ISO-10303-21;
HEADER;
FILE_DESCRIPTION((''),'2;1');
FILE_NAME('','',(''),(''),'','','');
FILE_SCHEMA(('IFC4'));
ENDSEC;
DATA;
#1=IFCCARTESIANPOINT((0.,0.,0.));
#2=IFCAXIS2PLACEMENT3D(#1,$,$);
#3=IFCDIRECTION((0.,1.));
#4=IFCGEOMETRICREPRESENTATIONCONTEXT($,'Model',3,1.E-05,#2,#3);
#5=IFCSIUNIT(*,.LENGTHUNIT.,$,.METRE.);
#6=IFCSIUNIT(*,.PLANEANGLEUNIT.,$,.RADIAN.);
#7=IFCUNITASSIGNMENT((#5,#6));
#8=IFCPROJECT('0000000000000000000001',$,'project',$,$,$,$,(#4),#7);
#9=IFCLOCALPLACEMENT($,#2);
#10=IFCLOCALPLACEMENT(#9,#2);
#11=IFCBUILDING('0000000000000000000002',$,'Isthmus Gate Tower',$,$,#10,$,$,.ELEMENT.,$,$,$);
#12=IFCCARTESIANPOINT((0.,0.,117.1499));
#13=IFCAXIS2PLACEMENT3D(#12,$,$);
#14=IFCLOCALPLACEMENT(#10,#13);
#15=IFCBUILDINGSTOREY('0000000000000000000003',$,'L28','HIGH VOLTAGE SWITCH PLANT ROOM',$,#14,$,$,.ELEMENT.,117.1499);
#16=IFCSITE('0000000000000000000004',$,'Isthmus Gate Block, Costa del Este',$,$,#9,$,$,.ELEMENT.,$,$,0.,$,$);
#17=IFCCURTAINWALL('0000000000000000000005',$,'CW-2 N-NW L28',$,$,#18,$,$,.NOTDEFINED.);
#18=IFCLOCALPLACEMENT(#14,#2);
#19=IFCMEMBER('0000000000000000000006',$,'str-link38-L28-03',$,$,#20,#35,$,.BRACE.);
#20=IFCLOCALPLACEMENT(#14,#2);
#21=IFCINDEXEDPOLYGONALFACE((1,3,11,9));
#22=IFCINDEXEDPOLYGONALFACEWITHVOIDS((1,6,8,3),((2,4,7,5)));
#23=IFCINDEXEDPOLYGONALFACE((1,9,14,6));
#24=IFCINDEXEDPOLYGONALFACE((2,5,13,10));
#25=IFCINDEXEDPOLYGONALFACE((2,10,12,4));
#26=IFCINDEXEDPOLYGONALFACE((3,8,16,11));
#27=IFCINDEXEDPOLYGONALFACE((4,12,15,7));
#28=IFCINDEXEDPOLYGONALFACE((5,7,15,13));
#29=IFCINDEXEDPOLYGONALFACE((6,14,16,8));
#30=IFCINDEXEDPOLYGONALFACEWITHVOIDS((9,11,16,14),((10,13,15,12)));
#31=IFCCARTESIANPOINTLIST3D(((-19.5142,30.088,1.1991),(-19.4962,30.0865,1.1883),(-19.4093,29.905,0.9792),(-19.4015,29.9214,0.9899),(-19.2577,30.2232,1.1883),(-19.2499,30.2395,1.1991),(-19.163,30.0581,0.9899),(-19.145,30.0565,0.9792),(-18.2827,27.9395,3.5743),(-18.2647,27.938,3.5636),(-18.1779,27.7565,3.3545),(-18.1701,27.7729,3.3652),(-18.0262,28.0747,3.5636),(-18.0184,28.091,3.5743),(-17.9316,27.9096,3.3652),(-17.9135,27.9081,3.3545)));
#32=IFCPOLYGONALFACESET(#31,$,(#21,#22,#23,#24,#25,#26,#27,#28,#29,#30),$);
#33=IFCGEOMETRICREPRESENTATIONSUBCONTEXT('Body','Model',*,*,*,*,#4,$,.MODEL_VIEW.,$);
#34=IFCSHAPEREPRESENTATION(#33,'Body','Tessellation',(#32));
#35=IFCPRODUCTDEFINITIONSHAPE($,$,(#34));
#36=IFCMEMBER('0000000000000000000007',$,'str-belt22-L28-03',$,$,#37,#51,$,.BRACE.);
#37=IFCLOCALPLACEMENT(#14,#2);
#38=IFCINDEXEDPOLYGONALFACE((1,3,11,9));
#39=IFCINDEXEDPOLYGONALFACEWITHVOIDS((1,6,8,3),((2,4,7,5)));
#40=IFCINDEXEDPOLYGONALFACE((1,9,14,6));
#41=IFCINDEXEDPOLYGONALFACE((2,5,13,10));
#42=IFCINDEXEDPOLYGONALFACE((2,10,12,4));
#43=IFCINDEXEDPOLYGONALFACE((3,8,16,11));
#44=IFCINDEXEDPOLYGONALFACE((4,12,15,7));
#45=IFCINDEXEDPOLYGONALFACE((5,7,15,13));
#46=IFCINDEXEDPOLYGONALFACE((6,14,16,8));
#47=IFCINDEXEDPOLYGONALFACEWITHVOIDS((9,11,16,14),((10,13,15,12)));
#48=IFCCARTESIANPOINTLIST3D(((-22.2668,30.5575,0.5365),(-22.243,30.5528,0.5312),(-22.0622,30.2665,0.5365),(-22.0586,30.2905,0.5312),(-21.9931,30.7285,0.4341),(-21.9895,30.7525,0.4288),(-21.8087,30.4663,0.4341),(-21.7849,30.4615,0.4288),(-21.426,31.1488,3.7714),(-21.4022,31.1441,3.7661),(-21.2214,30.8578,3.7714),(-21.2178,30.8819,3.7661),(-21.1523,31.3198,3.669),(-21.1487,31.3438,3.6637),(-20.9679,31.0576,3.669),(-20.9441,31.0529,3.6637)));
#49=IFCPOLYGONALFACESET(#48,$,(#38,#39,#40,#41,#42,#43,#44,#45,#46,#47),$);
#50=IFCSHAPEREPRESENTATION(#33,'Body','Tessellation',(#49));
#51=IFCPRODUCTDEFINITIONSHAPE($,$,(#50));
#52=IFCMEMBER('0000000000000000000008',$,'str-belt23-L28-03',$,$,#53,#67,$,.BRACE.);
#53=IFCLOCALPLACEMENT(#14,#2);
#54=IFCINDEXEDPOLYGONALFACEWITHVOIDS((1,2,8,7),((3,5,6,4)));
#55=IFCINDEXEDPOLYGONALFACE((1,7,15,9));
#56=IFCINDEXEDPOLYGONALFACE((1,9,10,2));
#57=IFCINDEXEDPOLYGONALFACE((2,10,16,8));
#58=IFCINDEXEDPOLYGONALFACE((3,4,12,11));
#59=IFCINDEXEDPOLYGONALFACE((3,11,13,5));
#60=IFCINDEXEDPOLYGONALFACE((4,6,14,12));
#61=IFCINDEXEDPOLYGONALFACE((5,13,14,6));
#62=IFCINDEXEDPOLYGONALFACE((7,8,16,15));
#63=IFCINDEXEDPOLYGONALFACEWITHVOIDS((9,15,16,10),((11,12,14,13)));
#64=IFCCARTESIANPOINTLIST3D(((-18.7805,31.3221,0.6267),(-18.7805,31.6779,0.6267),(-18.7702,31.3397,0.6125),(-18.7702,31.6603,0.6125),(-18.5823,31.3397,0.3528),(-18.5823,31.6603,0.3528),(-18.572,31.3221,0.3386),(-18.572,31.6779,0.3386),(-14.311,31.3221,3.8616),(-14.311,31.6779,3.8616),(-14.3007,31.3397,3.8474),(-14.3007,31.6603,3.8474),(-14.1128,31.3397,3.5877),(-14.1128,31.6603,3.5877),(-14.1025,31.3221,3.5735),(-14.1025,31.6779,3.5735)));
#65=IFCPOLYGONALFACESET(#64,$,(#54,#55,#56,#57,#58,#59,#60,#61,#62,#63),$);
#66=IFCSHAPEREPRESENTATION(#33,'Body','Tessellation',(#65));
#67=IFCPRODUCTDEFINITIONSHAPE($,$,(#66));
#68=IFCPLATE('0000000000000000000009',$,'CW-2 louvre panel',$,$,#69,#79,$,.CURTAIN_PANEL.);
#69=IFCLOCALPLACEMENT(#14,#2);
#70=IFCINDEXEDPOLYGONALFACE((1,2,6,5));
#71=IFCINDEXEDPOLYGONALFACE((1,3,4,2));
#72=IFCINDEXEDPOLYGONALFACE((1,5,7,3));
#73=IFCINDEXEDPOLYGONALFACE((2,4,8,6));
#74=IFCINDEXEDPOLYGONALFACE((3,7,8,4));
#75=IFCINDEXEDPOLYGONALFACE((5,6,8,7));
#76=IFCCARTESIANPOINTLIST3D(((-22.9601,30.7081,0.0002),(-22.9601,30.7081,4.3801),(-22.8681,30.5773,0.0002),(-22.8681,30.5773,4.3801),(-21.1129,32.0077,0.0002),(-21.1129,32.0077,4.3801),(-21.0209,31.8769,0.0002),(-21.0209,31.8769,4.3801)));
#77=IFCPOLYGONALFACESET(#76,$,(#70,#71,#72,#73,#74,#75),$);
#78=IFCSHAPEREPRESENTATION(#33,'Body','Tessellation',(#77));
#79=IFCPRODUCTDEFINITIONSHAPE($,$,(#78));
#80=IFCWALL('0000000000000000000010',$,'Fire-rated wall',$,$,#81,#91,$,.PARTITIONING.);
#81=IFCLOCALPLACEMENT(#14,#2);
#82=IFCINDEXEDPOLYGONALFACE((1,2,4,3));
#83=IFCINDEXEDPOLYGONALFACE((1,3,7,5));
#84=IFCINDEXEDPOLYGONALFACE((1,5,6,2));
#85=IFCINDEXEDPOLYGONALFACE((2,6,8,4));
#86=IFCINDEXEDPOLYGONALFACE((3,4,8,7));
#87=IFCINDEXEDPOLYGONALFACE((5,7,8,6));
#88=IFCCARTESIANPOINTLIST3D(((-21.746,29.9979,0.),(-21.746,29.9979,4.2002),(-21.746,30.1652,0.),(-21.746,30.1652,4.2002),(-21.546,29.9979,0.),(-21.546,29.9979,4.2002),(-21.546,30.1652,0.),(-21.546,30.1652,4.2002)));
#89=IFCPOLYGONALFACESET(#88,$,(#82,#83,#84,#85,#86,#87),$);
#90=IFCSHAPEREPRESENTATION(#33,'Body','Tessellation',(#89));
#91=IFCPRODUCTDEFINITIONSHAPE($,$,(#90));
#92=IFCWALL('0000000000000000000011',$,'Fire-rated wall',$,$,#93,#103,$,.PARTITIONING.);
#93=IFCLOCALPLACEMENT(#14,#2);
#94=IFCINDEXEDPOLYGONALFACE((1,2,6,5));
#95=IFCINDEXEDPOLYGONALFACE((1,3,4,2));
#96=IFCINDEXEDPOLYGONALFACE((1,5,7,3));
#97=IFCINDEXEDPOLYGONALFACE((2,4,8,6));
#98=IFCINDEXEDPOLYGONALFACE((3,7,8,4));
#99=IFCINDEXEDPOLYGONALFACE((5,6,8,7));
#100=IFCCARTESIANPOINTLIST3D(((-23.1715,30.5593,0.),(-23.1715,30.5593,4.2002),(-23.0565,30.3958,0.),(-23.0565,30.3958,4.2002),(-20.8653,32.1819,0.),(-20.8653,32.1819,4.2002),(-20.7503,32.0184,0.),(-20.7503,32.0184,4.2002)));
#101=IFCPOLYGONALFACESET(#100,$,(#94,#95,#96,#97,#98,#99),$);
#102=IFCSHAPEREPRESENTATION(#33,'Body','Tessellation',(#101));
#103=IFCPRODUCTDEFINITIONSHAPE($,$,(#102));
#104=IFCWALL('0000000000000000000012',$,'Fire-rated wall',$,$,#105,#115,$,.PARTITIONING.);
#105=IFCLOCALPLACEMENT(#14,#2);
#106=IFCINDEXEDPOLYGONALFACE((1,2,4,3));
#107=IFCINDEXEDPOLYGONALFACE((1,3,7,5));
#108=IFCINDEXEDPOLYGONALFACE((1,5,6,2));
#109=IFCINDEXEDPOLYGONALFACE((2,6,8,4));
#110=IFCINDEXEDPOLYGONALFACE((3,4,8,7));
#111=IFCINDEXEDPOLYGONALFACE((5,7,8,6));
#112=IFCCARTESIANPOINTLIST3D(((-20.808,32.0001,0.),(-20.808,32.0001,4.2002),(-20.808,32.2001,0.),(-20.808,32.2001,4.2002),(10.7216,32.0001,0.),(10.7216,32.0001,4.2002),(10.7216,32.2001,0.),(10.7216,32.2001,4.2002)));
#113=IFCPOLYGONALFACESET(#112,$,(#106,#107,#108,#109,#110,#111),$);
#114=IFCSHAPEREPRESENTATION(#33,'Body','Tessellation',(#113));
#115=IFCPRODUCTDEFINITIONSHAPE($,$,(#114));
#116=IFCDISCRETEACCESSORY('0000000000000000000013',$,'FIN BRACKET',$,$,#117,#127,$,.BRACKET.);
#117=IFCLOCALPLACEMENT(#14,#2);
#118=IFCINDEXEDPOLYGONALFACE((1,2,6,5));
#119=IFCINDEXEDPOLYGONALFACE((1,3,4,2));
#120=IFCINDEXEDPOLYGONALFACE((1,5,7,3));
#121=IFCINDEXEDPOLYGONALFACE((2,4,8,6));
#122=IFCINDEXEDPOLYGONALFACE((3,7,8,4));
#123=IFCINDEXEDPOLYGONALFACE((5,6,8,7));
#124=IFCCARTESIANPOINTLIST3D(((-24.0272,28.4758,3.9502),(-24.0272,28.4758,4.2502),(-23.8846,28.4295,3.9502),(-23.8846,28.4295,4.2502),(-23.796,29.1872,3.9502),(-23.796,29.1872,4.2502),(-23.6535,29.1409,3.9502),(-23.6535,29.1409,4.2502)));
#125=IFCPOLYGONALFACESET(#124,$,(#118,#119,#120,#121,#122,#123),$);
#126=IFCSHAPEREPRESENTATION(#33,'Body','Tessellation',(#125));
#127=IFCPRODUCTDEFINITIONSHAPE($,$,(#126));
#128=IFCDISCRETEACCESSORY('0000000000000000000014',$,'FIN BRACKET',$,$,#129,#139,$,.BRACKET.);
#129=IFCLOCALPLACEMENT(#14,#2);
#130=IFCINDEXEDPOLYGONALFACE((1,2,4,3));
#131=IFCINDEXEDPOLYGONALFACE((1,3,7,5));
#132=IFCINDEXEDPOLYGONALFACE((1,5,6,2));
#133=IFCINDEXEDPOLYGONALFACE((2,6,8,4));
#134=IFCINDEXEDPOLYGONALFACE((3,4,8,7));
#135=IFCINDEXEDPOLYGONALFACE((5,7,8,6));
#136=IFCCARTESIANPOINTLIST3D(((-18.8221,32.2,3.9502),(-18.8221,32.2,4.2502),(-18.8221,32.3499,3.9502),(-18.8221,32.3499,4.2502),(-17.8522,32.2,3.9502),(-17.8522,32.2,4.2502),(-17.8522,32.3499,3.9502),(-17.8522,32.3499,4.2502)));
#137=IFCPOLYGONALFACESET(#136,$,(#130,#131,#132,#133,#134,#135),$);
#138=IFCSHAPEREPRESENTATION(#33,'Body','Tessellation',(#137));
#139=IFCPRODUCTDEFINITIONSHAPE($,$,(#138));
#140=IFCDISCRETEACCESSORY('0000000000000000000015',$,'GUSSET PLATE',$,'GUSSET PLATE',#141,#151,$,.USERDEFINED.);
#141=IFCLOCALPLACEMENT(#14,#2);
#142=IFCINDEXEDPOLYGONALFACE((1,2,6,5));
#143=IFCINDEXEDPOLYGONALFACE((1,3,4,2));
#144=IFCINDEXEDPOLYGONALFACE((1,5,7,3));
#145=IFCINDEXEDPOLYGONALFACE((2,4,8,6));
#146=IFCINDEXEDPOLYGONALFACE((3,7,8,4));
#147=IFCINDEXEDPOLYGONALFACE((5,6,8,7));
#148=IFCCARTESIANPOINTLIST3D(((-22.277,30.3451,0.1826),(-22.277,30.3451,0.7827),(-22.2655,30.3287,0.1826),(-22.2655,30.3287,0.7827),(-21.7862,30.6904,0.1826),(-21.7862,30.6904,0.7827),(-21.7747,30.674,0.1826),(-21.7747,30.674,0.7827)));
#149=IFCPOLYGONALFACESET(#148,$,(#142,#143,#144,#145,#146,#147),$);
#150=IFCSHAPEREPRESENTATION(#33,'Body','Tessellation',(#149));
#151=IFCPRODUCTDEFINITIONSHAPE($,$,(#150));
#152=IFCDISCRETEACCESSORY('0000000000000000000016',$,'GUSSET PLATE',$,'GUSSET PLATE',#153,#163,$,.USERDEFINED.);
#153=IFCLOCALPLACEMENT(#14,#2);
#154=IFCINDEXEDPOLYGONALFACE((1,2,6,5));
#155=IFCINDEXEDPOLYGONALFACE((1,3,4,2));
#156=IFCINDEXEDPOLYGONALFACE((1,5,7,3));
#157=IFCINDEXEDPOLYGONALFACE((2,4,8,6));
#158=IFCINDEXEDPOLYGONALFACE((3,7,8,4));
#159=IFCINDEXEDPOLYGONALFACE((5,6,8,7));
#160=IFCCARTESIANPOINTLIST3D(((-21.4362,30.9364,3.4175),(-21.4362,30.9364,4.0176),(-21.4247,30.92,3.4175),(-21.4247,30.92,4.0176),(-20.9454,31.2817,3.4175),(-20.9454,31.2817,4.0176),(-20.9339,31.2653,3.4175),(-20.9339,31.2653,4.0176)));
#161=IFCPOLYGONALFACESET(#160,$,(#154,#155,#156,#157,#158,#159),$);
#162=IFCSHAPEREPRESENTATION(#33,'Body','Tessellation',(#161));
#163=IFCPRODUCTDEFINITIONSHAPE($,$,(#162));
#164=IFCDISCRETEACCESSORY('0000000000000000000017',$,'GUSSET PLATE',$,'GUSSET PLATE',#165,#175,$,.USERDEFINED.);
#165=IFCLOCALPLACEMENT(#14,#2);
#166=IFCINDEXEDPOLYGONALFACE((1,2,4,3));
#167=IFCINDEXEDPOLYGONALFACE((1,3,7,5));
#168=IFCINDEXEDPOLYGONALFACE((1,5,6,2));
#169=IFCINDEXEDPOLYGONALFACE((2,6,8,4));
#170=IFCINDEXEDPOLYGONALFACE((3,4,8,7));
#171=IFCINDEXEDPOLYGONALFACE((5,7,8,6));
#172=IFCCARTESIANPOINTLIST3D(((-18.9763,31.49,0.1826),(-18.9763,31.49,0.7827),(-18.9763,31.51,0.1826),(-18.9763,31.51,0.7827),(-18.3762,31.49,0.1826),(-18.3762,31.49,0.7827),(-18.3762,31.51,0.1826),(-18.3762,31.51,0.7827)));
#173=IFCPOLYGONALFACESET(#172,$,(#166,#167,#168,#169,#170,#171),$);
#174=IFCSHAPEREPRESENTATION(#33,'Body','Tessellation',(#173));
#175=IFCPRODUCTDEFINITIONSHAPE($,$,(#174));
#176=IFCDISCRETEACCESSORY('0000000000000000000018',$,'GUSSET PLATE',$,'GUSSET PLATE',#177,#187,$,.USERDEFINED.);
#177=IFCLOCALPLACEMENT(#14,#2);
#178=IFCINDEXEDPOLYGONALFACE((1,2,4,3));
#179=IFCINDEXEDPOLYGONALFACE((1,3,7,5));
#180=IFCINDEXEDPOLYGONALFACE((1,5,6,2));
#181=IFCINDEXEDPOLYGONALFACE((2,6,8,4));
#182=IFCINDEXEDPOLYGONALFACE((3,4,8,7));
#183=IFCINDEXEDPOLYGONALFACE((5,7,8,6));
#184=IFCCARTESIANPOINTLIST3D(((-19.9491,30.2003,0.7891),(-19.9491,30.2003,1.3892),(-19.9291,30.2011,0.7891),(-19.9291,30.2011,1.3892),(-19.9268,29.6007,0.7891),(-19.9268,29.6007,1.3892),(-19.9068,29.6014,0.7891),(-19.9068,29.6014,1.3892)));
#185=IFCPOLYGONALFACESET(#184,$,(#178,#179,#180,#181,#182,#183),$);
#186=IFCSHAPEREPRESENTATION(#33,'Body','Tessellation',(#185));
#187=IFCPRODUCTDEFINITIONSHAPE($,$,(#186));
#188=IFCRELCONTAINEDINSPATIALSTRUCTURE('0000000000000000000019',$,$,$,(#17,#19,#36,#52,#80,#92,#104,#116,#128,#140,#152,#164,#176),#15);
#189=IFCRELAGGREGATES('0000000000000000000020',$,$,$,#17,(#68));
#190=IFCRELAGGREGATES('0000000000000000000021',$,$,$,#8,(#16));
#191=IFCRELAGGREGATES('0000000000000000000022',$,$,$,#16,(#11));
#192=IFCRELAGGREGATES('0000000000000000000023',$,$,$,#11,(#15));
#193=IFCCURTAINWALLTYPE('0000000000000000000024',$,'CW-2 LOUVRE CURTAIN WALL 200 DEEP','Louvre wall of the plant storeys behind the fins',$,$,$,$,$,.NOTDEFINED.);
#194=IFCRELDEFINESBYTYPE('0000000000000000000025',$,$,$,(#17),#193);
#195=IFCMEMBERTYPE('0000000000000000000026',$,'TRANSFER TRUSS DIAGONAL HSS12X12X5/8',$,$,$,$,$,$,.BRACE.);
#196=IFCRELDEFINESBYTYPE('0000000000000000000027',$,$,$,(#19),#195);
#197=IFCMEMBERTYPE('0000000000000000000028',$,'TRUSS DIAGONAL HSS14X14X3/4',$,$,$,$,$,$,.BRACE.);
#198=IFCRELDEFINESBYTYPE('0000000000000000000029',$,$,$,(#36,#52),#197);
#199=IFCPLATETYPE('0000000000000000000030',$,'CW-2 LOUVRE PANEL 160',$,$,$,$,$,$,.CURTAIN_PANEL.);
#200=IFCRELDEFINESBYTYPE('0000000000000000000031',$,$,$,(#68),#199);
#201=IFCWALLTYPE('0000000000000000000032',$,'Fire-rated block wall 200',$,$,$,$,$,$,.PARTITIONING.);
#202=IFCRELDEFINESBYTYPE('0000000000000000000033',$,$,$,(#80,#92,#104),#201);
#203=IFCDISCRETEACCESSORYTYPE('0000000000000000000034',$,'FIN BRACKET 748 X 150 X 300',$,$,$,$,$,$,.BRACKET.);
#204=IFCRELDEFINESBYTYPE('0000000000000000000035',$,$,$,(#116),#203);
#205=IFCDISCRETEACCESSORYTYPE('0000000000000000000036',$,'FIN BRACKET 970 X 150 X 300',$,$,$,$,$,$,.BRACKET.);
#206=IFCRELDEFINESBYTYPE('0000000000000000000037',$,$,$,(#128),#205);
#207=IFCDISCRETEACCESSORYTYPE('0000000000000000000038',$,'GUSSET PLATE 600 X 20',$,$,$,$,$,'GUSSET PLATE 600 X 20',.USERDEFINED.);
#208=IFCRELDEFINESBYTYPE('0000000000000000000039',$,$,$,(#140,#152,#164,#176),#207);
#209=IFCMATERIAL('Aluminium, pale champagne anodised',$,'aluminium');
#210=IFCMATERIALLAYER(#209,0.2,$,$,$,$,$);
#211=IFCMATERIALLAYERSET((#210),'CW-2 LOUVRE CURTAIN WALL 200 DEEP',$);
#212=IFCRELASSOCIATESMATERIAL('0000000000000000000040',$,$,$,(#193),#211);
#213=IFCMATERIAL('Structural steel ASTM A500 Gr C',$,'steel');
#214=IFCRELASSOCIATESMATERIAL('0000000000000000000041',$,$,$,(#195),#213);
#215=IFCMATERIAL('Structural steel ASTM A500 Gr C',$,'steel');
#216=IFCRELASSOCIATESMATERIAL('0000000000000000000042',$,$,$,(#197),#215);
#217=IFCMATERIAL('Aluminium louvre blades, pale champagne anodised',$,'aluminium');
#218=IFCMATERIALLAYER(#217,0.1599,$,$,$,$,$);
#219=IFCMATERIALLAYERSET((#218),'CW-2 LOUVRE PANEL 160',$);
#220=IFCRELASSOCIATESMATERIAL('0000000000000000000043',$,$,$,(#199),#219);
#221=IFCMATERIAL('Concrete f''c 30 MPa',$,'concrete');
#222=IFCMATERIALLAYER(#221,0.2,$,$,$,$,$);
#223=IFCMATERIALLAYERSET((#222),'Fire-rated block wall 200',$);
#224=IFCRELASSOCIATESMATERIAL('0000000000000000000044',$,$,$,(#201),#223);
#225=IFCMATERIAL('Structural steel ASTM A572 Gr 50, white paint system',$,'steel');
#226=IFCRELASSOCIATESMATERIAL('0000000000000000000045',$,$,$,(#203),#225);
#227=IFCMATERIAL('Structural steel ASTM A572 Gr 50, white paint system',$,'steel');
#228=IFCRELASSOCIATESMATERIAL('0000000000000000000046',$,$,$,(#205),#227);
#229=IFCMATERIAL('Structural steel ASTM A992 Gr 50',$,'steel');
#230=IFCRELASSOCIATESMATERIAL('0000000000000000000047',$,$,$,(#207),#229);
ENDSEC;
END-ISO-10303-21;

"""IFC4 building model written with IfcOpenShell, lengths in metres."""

from ifc_helpers import new_model, si_unit, direction, frame, frame_2d, origin, origin_2d, place, context, subcontext, project, spatial, rectangle, hollow_rectangle, extrude, material, layer, layer_set, material_profile, profile_set, type_object, element, aggregate, save


model = new_model("IFC4")

# Units and contexts
model_context = context("Model", 3, precision=1e-05, world=origin(), true_north=direction((0.0, 1.0)))
body_context = subcontext(model_context, "Body", "Model", "MODEL_VIEW")
ifc_project = project(units=[si_unit("LENGTHUNIT", "METRE"), si_unit("PLANEANGLEUNIT", "RADIAN")], contexts=[model_context])

# Site, building, storey
site_placement = place(None, origin())
site = spatial("IfcSite", under=ifc_project, at=site_placement, Name="Isthmus Gate Block, Costa del Este", CompositionType="ELEMENT", RefElevation=0.0)
building_placement = place(site_placement, origin())
building = spatial("IfcBuilding", under=site, at=building_placement, Name="Isthmus Gate Tower", CompositionType="ELEMENT")
storey_placement = place(building_placement, frame((0.0, 0.0, 117.1499)))
storey = spatial("IfcBuildingStorey", under=building, at=storey_placement, Name="L28", Description="HIGH VOLTAGE SWITCH PLANT ROOM", CompositionType="ELEMENT", Elevation=117.1499)

# Curtain wall
ifc_material_1 = material(Name="Aluminium, pale champagne anodised", Category="aluminium")
ifc_layer_1 = layer(ifc_material_1, 0.2)
ifc_layer_set_1 = layer_set([ifc_layer_1], Name="CW-2 LOUVRE CURTAIN WALL 200 DEEP")
curtain_wall_type = type_object("IfcCurtainWallType", Name="CW-2 LOUVRE CURTAIN WALL 200 DEEP", Description="Louvre wall of the plant storeys behind the fins", PredefinedType="NOTDEFINED", material=ifc_layer_set_1)
curtain_wall_1_placement = place(storey_placement, origin())
curtain_wall_1 = element("IfcCurtainWall", 1, at=curtain_wall_1_placement, inside=storey, type_object=curtain_wall_type, Name="CW-2 N-NW L28", PredefinedType="NOTDEFINED")

# Members
ifc_material_2 = material(Name="Structural steel ASTM A500 Gr C", Category="steel")
ifc_material_profile_1 = material_profile(ifc_material_2, hollow_rectangle(XDim=0.3047, YDim=0.3047, WallThickness=0.0149, at=origin_2d()), Name="HSS12X12X5/8")
ifc_profile_set_1 = profile_set([ifc_material_profile_1], Name="Structural steel ASTM A500 Gr C")
member_type_1 = type_object("IfcMemberType", Name="TRANSFER TRUSS DIAGONAL HSS12X12X5/8", PredefinedType="BRACE", material=ifc_profile_set_1)
member_1_placement = place(storey_placement, frame((-19.3296, 30.0723, 1.0891), z_axis=(0.358883, -0.626124, 0.692223), x_axis=(0.867587, 0.497285, 0.0)))
element("IfcMember", 2, at=member_1_placement, inside=storey, type_object=member_type_1, Name="str-link38-L28-03", PredefinedType="BRACE", context=body_context, shape_type="SweptSolid", body=[
    extrude(hollow_rectangle(XDim=0.3047, YDim=0.3047, WallThickness=0.0149, at=origin_2d()), origin(), (0.0, 0.0, 1.0), 3.4314),
])
ifc_material_3 = material(Name="Structural steel ASTM A500 Gr C", Category="steel")
ifc_material_profile_2 = material_profile(ifc_material_3, hollow_rectangle(XDim=0.3557, YDim=0.3557, WallThickness=0.0176, at=origin_2d()), Name="HSS14X14X3/4")
ifc_profile_set_2 = profile_set([ifc_material_profile_2], Name="Structural steel ASTM A500 Gr C")
member_type_2 = type_object("IfcMemberType", Name="TRUSS DIAGONAL HSS14X14X3/4", PredefinedType="BRACE", material=ifc_profile_set_2)
member_2_placement = place(storey_placement, frame((-22.0259, 30.5095, 0.4827), z_axis=(0.247719, 0.174209, 0.953041), x_axis=(-0.575246, 0.81798, 0.0)))
element("IfcMember", 3, at=member_2_placement, inside=storey, type_object=member_type_2, Name="str-belt22-L28-03", PredefinedType="BRACE", context=body_context, shape_type="SweptSolid", body=[
    extrude(hollow_rectangle(XDim=0.3557, YDim=0.3557, WallThickness=0.0176, at=origin_2d()), origin(), (0.0, 0.0, 1.0), 3.3943),
])
member_3_placement = place(storey_placement, frame((-18.6763, 31.5, 0.4827), z_axis=(0.810085, 0.0, 0.586313), x_axis=(0.0, 1.0, 0.0)))
element("IfcMember", 4, at=member_3_placement, inside=storey, type_object=member_type_2, Name="str-belt23-L28-03", PredefinedType="BRACE", context=body_context, shape_type="SweptSolid", body=[
    extrude(hollow_rectangle(XDim=0.3557, YDim=0.3557, WallThickness=0.0176, at=origin_2d()), origin(), (0.0, 0.0, 1.0), 5.5173),
])

# Plate
ifc_material_4 = material(Name="Aluminium louvre blades, pale champagne anodised", Category="aluminium")
ifc_layer_2 = layer(ifc_material_4, 0.1599)
ifc_layer_set_2 = layer_set([ifc_layer_2], Name="CW-2 LOUVRE PANEL 160")
plate_type = type_object("IfcPlateType", Name="CW-2 LOUVRE PANEL 160", PredefinedType="CURTAIN_PANEL", material=ifc_layer_set_2)
plate_placement = place(storey_placement, frame((-21.9905, 31.2925, 0.0002), z_axis=(0.0, 0.0, 1.0), x_axis=(-0.81786, -0.575418, 0.0)))
plate = element("IfcPlate", 5, at=plate_placement, type_object=plate_type, Name="CW-2 louvre panel", PredefinedType="CURTAIN_PANEL", context=body_context, shape_type="SweptSolid", body=[
    extrude(rectangle(XDim=2.2585, YDim=0.1599, at=origin_2d()), origin(), (0.0, 0.0, 1.0), 4.3799),
])
aggregate(curtain_wall_1, [plate])

# Walls
ifc_material_5 = material(Name="Concrete f'c 30 MPa", Category="concrete")
ifc_layer_3 = layer(ifc_material_5, 0.2)
ifc_layer_set_3 = layer_set([ifc_layer_3], Name="Fire-rated block wall 200")
wall_type = type_object("IfcWallType", Name="Fire-rated block wall 200", PredefinedType="PARTITIONING", material=ifc_layer_set_3)
wall_1_placement = place(storey_placement, frame((-21.646, 29.998, 0.0), z_axis=(0.0, 0.0, 1.0), x_axis=(0.0, 1.0, 0.0)))
element("IfcWall", 6, at=wall_1_placement, inside=storey, type_object=wall_type, Name="Fire-rated wall", PredefinedType="PARTITIONING", context=body_context, shape_type="SweptSolid", body=[
    extrude(rectangle(XDim=0.1672, YDim=0.2, at=frame_2d((0.0835, 0.0))), origin(), (0.0, 0.0, 1.0), 4.2002),
])
wall_2_placement = place(storey_placement, frame((-23.114, 30.4775, 0.0), z_axis=(0.0, 0.0, 1.0), x_axis=(0.817855, 0.575425, 0.0)))
element("IfcWall", 7, at=wall_2_placement, inside=storey, type_object=wall_type, Name="Fire-rated wall", PredefinedType="PARTITIONING", context=body_context, shape_type="SweptSolid", body=[
    extrude(rectangle(XDim=2.8198, YDim=0.2, at=frame_2d((1.4099, 0.0))), origin(), (0.0, 0.0, 1.0), 4.2002),
])
wall_3_placement = place(storey_placement, frame((-20.8079, 32.1001, 0.0), z_axis=(0.0, 0.0, 1.0), x_axis=(1.0, 0.0, 0.0)))
element("IfcWall", 8, at=wall_3_placement, inside=storey, type_object=wall_type, Name="Fire-rated wall", PredefinedType="PARTITIONING", context=body_context, shape_type="SweptSolid", body=[
    extrude(rectangle(XDim=31.5295, YDim=0.2, at=frame_2d((15.7646, 0.0))), origin(), (0.0, 0.0, 1.0), 4.2002),
])

# Discrete accessories
ifc_material_6 = material(Name="Structural steel ASTM A572 Gr 50, white paint system", Category="steel")
discrete_accessory_type_1 = type_object("IfcDiscreteAccessoryType", Name="FIN BRACKET 748 X 150 X 300", PredefinedType="BRACKET", material=ifc_material_6)
discrete_accessory_1_placement = place(storey_placement, frame((-23.8403, 28.8083, 3.9502), z_axis=(0.0, 0.0, 1.0), x_axis=(-0.951057, 0.309017, 0.0)))
element("IfcDiscreteAccessory", 9, at=discrete_accessory_1_placement, inside=storey, type_object=discrete_accessory_type_1, Name="FIN BRACKET", PredefinedType="BRACKET", context=body_context, shape_type="SweptSolid", body=[
    extrude(rectangle(XDim=0.1499, YDim=0.748, at=origin_2d()), origin(), (0.0, 0.0, 1.0), 0.3),
])
ifc_material_7 = material(Name="Structural steel ASTM A572 Gr 50, white paint system", Category="steel")
discrete_accessory_type_2 = type_object("IfcDiscreteAccessoryType", Name="FIN BRACKET 970 X 150 X 300", PredefinedType="BRACKET", material=ifc_material_7)
discrete_accessory_2_placement = place(storey_placement, frame((-18.3372, 32.2749, 3.9502), z_axis=(0.0, 0.0, 1.0), x_axis=(0.0, 1.0, 0.0)))
element("IfcDiscreteAccessory", 10, at=discrete_accessory_2_placement, inside=storey, type_object=discrete_accessory_type_2, Name="FIN BRACKET", PredefinedType="BRACKET", context=body_context, shape_type="SweptSolid", body=[
    extrude(rectangle(XDim=0.1499, YDim=0.97, at=origin_2d()), origin(), (0.0, 0.0, 1.0), 0.3),
])
ifc_material_8 = material(Name="Structural steel ASTM A992 Gr 50", Category="steel")
discrete_accessory_type_3 = type_object("IfcDiscreteAccessoryType", Name="GUSSET PLATE 600 X 20", ElementType="GUSSET PLATE 600 X 20", PredefinedType="USERDEFINED", material=ifc_material_8)
for number, where, z_axis, x_axis, name in (
    (11, (-22.0259, 30.5095, 0.1826), (0.0, 0.0, 1.0), (0.81786, 0.575418, 0.0), "GUSSET PLATE"),
    (12, (-21.1851, 31.1008, 3.4175), (0.0, 0.0, 1.0), (0.81786, 0.575418, 0.0), "GUSSET PLATE"),
    (13, (-18.6763, 31.5, 0.1826), (0.0, 0.0, 1.0), (1.0, 0.0, 0.0), "GUSSET PLATE"),
    (14, (-19.928, 29.9009, 0.7891), (0.0, 0.0, 1.0), (0.037173, -0.999309, 0.0), "GUSSET PLATE"),
):
    element("IfcDiscreteAccessory", number, at=place(storey_placement, frame(where, z_axis=z_axis, x_axis=x_axis)), inside=storey, type_object=discrete_accessory_type_3, Name=name, ObjectType="GUSSET PLATE", PredefinedType="USERDEFINED", context=body_context, shape_type="SweptSolid", body=[
        extrude(rectangle(XDim=0.6001, YDim=0.02, at=origin_2d()), origin(), (0.0, 0.0, 1.0), 0.6001),
    ])

save(model, "model.ifc")
